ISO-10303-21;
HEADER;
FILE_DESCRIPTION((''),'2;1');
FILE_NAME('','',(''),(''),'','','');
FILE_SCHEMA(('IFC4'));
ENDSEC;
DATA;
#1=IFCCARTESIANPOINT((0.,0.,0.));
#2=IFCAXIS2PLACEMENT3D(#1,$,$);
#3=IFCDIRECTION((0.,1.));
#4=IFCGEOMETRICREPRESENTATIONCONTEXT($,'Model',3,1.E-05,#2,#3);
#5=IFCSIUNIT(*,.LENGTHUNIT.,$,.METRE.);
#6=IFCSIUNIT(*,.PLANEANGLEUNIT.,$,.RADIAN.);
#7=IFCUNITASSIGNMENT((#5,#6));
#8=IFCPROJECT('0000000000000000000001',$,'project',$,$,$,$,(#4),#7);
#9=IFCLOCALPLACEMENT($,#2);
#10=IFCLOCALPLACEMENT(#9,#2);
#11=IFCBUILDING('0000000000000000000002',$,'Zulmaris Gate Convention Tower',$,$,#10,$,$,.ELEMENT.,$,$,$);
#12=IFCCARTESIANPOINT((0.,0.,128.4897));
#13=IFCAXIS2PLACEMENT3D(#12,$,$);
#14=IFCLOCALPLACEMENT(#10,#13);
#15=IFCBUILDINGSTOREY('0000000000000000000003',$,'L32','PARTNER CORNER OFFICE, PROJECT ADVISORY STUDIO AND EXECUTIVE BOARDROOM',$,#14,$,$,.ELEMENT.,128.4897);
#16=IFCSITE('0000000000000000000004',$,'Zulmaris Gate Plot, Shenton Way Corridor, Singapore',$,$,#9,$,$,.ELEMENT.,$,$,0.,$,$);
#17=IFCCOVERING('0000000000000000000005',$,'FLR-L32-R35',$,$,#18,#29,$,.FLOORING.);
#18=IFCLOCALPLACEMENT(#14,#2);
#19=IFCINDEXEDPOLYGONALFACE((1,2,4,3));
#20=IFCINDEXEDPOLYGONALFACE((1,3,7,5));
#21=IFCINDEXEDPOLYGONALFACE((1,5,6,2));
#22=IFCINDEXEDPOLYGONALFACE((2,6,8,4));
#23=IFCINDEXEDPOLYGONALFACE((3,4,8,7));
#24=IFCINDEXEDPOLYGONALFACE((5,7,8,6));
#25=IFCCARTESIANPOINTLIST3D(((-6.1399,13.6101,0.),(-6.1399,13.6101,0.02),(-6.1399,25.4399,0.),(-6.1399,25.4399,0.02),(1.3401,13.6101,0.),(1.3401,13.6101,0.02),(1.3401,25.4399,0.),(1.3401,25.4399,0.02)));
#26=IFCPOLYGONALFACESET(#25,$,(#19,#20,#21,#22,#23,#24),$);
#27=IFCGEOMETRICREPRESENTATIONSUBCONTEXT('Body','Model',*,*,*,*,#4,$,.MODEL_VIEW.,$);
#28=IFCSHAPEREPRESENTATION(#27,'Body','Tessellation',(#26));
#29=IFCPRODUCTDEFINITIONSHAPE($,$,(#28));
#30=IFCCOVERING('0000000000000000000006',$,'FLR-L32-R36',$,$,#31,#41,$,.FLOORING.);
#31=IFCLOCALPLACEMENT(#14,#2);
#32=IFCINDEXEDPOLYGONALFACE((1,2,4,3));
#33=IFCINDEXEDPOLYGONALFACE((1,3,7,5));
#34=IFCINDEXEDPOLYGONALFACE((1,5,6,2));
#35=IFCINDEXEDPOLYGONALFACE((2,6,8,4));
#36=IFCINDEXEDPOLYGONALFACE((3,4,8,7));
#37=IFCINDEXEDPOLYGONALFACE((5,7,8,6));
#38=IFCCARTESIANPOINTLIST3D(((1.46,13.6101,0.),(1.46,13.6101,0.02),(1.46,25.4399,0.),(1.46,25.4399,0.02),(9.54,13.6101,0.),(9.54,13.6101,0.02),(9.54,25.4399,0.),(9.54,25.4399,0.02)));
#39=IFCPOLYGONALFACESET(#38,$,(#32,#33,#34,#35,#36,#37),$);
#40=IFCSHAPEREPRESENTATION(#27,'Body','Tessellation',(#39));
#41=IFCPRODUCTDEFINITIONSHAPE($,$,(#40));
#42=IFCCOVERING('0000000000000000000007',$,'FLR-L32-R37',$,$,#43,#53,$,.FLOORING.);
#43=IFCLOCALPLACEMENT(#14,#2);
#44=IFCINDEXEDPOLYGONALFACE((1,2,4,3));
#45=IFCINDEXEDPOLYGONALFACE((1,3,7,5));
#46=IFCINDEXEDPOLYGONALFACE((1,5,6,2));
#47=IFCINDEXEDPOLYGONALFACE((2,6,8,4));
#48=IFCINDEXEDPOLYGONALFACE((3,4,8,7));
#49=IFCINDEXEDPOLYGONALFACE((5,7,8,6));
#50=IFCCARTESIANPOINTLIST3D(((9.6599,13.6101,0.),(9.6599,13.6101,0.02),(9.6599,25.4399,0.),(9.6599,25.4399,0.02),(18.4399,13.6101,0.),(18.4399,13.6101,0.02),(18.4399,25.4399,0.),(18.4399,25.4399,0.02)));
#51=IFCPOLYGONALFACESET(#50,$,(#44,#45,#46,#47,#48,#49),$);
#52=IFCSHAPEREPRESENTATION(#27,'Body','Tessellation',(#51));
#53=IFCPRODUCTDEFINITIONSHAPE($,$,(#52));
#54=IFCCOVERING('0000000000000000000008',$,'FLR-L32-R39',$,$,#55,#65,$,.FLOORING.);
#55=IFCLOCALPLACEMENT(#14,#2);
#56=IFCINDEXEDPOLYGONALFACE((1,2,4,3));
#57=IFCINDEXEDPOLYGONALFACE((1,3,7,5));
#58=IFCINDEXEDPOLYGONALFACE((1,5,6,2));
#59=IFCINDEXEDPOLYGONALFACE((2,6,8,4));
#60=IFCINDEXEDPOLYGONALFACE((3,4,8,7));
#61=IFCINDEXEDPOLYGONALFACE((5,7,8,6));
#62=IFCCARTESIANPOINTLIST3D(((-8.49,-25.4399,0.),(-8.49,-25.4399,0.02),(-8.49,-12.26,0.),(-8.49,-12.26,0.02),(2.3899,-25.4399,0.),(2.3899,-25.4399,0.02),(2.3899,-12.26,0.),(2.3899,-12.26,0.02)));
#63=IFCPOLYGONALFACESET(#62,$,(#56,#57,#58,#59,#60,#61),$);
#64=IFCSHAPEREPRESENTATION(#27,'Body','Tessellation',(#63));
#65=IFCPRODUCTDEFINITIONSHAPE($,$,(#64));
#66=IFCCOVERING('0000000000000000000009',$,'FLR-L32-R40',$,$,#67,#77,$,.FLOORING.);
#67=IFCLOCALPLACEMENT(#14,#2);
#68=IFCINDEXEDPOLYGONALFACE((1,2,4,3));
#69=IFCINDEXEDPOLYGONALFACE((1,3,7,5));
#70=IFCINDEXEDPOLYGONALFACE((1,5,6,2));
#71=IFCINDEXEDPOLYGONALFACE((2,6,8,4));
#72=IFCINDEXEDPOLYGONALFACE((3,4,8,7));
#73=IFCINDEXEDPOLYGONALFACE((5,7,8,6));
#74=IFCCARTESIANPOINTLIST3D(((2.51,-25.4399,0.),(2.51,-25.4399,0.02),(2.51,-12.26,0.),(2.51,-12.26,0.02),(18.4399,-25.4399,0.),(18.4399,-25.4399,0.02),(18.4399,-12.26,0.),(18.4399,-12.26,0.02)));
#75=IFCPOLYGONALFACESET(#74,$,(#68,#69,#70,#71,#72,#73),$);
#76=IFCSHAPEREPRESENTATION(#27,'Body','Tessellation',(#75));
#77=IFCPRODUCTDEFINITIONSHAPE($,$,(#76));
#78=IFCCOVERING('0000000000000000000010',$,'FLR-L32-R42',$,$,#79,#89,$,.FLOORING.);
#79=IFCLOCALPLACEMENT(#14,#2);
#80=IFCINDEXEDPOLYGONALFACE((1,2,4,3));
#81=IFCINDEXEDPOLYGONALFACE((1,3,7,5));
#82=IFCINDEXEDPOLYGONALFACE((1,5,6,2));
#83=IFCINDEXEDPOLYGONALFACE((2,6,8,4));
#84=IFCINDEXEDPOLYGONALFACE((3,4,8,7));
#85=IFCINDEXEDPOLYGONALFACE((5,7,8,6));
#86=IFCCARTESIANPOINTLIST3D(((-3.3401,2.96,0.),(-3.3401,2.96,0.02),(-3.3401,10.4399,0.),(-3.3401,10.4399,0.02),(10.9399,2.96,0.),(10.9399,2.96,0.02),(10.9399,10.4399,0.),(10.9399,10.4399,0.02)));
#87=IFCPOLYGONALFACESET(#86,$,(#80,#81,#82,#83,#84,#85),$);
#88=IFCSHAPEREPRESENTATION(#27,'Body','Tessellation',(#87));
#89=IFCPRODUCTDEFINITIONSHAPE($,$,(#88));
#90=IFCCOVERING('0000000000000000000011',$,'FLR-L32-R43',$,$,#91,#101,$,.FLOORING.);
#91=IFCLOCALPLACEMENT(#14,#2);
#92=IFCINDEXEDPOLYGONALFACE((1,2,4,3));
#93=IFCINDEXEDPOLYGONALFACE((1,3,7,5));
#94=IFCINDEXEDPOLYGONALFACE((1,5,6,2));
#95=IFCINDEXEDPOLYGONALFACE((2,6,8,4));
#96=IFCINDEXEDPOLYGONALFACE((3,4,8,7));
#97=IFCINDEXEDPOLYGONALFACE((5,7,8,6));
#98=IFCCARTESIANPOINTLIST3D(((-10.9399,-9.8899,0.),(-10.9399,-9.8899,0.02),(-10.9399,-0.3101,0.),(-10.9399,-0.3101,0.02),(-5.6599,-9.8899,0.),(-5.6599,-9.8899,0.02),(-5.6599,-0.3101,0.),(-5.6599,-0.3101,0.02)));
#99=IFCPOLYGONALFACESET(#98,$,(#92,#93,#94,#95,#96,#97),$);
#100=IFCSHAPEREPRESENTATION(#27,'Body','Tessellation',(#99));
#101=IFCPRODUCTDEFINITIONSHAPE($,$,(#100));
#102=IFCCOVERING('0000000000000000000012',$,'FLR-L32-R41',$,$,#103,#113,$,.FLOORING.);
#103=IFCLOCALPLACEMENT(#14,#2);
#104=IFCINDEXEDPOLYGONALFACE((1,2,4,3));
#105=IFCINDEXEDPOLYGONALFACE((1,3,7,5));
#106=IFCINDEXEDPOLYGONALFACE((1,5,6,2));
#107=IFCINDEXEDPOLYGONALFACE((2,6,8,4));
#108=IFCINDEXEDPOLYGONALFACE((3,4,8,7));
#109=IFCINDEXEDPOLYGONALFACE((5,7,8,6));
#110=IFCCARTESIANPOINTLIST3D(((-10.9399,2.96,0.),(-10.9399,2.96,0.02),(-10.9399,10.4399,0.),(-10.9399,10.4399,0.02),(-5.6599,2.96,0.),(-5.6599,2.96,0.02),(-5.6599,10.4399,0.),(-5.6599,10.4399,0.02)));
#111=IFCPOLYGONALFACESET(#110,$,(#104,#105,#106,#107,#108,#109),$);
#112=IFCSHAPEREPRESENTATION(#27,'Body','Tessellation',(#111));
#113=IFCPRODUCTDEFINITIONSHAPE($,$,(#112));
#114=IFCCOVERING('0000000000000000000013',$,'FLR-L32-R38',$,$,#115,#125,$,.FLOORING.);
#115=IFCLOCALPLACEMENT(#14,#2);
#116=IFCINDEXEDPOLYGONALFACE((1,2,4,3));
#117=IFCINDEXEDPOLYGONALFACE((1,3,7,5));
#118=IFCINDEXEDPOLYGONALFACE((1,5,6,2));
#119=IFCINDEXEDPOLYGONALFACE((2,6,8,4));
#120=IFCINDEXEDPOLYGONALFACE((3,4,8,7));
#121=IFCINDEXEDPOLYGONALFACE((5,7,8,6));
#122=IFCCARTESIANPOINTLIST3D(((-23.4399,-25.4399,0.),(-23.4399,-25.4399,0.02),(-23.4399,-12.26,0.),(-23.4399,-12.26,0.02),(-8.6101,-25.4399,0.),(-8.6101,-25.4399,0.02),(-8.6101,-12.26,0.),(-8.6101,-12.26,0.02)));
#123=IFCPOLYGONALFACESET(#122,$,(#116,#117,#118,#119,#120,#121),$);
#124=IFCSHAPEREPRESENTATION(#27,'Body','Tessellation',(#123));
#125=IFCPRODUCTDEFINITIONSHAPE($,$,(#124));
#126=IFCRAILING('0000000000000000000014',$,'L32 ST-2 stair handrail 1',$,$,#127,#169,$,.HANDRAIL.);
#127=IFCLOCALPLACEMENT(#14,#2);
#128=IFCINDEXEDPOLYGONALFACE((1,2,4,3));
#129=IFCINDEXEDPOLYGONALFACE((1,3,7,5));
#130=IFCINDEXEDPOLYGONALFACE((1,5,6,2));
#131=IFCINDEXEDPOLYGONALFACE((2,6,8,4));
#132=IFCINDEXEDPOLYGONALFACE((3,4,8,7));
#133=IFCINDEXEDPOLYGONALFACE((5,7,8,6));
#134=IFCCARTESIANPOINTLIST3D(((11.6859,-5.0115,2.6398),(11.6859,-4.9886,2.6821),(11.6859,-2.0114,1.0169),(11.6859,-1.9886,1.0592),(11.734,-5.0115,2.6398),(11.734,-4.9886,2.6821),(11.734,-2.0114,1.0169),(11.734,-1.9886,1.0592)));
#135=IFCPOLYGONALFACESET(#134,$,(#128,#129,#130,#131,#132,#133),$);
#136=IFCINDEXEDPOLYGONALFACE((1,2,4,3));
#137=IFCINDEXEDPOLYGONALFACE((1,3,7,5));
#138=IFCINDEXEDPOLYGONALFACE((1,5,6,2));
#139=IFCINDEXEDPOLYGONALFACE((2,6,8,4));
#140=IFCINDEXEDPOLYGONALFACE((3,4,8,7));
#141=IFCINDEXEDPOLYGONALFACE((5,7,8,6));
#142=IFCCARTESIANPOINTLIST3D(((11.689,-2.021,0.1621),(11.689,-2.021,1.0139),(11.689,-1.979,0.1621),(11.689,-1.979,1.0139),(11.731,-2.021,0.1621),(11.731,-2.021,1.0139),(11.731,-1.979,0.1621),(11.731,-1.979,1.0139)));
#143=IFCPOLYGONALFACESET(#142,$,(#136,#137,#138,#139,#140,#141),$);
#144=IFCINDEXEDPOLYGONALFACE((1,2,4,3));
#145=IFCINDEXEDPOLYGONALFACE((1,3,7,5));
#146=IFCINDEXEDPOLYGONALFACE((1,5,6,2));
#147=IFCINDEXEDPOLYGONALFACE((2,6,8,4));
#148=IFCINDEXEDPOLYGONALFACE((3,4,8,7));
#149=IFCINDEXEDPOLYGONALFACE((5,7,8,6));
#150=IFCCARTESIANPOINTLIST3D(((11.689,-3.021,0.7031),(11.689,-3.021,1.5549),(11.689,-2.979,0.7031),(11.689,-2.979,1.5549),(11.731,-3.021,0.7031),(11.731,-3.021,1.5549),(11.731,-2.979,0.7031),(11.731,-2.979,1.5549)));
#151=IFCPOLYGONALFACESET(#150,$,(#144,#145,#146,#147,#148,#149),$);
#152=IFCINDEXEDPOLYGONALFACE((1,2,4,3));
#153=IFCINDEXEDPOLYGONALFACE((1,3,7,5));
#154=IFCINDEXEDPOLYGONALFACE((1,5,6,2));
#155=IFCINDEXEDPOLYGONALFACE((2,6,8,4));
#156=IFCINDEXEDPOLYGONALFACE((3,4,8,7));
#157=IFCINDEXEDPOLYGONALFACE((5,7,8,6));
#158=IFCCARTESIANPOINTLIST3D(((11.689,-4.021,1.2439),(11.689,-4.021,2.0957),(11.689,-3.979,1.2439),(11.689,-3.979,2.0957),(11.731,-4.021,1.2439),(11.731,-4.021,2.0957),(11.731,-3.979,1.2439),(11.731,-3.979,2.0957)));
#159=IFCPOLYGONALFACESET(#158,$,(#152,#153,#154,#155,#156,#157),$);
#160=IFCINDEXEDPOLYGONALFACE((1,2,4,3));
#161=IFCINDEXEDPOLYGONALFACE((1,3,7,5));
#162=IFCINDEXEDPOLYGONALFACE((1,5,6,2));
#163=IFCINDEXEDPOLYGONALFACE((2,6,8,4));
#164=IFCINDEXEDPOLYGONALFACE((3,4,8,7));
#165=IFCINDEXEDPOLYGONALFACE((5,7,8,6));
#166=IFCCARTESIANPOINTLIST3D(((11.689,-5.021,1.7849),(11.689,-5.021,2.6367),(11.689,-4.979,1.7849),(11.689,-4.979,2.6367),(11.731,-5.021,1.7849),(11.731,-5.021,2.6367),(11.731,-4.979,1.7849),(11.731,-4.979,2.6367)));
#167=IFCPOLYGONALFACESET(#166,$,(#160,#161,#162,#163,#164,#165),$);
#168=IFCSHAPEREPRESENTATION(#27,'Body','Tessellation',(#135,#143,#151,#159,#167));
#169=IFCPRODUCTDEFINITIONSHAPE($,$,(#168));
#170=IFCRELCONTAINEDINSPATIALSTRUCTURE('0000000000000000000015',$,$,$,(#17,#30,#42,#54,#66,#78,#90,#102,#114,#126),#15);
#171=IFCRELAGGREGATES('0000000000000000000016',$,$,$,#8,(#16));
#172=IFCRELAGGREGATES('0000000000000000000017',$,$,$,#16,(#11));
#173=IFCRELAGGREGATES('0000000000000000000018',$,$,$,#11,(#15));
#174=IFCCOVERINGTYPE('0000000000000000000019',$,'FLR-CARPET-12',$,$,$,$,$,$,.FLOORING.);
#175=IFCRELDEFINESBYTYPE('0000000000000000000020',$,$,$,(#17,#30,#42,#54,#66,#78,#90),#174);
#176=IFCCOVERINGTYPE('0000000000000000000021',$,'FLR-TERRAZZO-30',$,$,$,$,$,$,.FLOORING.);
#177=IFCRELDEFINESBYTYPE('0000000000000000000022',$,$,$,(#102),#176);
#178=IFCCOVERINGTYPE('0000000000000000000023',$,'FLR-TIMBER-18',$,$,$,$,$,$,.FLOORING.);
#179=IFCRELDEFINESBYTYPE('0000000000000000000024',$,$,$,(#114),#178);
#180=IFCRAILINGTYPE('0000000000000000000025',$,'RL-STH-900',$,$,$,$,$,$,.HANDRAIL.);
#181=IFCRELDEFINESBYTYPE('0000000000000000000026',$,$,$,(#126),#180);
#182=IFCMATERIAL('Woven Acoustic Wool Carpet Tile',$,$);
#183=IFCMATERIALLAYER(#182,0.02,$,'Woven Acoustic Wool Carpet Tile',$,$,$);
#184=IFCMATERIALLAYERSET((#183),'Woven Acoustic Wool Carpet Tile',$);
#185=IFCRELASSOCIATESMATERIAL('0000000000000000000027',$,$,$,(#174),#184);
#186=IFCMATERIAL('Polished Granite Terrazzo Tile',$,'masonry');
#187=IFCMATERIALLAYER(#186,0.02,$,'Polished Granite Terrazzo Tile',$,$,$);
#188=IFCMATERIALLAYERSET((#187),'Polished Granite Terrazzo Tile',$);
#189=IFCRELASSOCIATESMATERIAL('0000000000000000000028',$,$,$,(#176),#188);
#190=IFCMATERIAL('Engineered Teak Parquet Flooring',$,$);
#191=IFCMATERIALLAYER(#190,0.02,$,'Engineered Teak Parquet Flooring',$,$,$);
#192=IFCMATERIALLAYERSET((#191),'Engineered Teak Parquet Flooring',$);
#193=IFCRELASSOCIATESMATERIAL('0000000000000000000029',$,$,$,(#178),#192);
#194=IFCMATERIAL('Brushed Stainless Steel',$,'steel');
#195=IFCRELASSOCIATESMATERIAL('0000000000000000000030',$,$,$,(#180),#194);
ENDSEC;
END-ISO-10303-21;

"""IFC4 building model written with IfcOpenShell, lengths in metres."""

from ifc_helpers import new_model, si_unit, direction, frame, origin, origin_2d, place, context, subcontext, project, spatial, polyline, rectangle, outline, extrude, material, layer, layer_set, type_object, element, save


model = new_model("IFC4")

# Units and contexts
model_context = context("Model", 3, precision=1e-05, world=origin(), true_north=direction((0.0, 1.0)))
body_context = subcontext(model_context, "Body", "Model", "MODEL_VIEW")
ifc_project = project(units=[si_unit("LENGTHUNIT", "METRE"), si_unit("PLANEANGLEUNIT", "RADIAN")], contexts=[model_context])

# Site, building, storey
site_placement = place(None, origin())
site = spatial("IfcSite", under=ifc_project, at=site_placement, Name="Zulmaris Gate Plot, Shenton Way Corridor, Singapore", CompositionType="ELEMENT", RefElevation=0.0)
building_placement = place(site_placement, origin())
building = spatial("IfcBuilding", under=site, at=building_placement, Name="Zulmaris Gate Convention Tower", CompositionType="ELEMENT")
storey_placement = place(building_placement, frame((0.0, 0.0, 128.4897)))
storey = spatial("IfcBuildingStorey", under=building, at=storey_placement, Name="L32", Description="PARTNER CORNER OFFICE, PROJECT ADVISORY STUDIO AND EXECUTIVE BOARDROOM", CompositionType="ELEMENT", Elevation=128.4897)

# Coverings
ifc_material_1 = material(Name="Woven Acoustic Wool Carpet Tile")
ifc_layer_1 = layer(ifc_material_1, 0.02, Name="Woven Acoustic Wool Carpet Tile")
ifc_layer_set_1 = layer_set([ifc_layer_1], Name="Woven Acoustic Wool Carpet Tile")
covering_type_1 = type_object("IfcCoveringType", Name="FLR-CARPET-12", PredefinedType="FLOORING", material=ifc_layer_set_1)
covering_1_placement = place(storey_placement, origin())
element("IfcCovering", 1, at=covering_1_placement, inside=storey, type_object=covering_type_1, Name="FLR-L32-R35", PredefinedType="FLOORING", context=body_context, shape_type="SweptSolid", body=[
    extrude(outline(polyline([(-6.1399, 13.6101), (1.3401, 13.6101), (1.3401, 25.4399), (-6.1399, 25.4399), (-6.1399, 13.6101)])), origin(), (0.0, 0.0, 1.0), 0.02),
])
covering_2_placement = place(storey_placement, origin())
element("IfcCovering", 2, at=covering_2_placement, inside=storey, type_object=covering_type_1, Name="FLR-L32-R36", PredefinedType="FLOORING", context=body_context, shape_type="SweptSolid", body=[
    extrude(outline(polyline([(1.46, 13.6101), (9.54, 13.6101), (9.54, 25.4399), (1.46, 25.4399), (1.46, 13.6101)])), origin(), (0.0, 0.0, 1.0), 0.02),
])
covering_3_placement = place(storey_placement, origin())
element("IfcCovering", 3, at=covering_3_placement, inside=storey, type_object=covering_type_1, Name="FLR-L32-R37", PredefinedType="FLOORING", context=body_context, shape_type="SweptSolid", body=[
    extrude(outline(polyline([(9.6599, 13.6101), (18.4399, 13.6101), (18.4399, 25.4399), (9.6599, 25.4399), (9.6599, 13.6101)])), origin(), (0.0, 0.0, 1.0), 0.02),
])
covering_4_placement = place(storey_placement, origin())
element("IfcCovering", 4, at=covering_4_placement, inside=storey, type_object=covering_type_1, Name="FLR-L32-R39", PredefinedType="FLOORING", context=body_context, shape_type="SweptSolid", body=[
    extrude(outline(polyline([(-8.49, -25.4399), (2.3899, -25.4399), (2.3899, -12.26), (-8.49, -12.26), (-8.49, -25.4399)])), origin(), (0.0, 0.0, 1.0), 0.02),
])
covering_5_placement = place(storey_placement, origin())
element("IfcCovering", 5, at=covering_5_placement, inside=storey, type_object=covering_type_1, Name="FLR-L32-R40", PredefinedType="FLOORING", context=body_context, shape_type="SweptSolid", body=[
    extrude(outline(polyline([(2.51, -25.4399), (18.4399, -25.4399), (18.4399, -12.26), (2.51, -12.26), (2.51, -25.4399)])), origin(), (0.0, 0.0, 1.0), 0.02),
])
covering_6_placement = place(storey_placement, origin())
element("IfcCovering", 6, at=covering_6_placement, inside=storey, type_object=covering_type_1, Name="FLR-L32-R42", PredefinedType="FLOORING", context=body_context, shape_type="SweptSolid", body=[
    extrude(outline(polyline([(-3.3401, 2.96), (10.9399, 2.96), (10.9399, 10.4399), (-3.3401, 10.4399), (-3.3401, 2.96)])), origin(), (0.0, 0.0, 1.0), 0.02),
])
covering_7_placement = place(storey_placement, origin())
element("IfcCovering", 7, at=covering_7_placement, inside=storey, type_object=covering_type_1, Name="FLR-L32-R43", PredefinedType="FLOORING", context=body_context, shape_type="SweptSolid", body=[
    extrude(outline(polyline([(-10.9399, -9.8899), (-5.6599, -9.8899), (-5.6599, -0.3101), (-10.9399, -0.3101), (-10.9399, -9.8899)])), origin(), (0.0, 0.0, 1.0), 0.02),
])
ifc_material_2 = material(Name="Polished Granite Terrazzo Tile", Category="masonry")
ifc_layer_2 = layer(ifc_material_2, 0.02, Name="Polished Granite Terrazzo Tile")
ifc_layer_set_2 = layer_set([ifc_layer_2], Name="Polished Granite Terrazzo Tile")
covering_type_2 = type_object("IfcCoveringType", Name="FLR-TERRAZZO-30", PredefinedType="FLOORING", material=ifc_layer_set_2)
covering_8_placement = place(storey_placement, origin())
element("IfcCovering", 8, at=covering_8_placement, inside=storey, type_object=covering_type_2, Name="FLR-L32-R41", PredefinedType="FLOORING", context=body_context, shape_type="SweptSolid", body=[
    extrude(outline(polyline([(-10.9399, 2.96), (-5.6599, 2.96), (-5.6599, 10.4399), (-10.9399, 10.4399), (-10.9399, 2.96)])), origin(), (0.0, 0.0, 1.0), 0.02),
])
ifc_material_3 = material(Name="Engineered Teak Parquet Flooring")
ifc_layer_3 = layer(ifc_material_3, 0.02, Name="Engineered Teak Parquet Flooring")
ifc_layer_set_3 = layer_set([ifc_layer_3], Name="Engineered Teak Parquet Flooring")
covering_type_3 = type_object("IfcCoveringType", Name="FLR-TIMBER-18", PredefinedType="FLOORING", material=ifc_layer_set_3)
covering_9_placement = place(storey_placement, origin())
element("IfcCovering", 9, at=covering_9_placement, inside=storey, type_object=covering_type_3, Name="FLR-L32-R38", PredefinedType="FLOORING", context=body_context, shape_type="SweptSolid", body=[
    extrude(outline(polyline([(-23.4399, -25.4399), (-8.6101, -25.4399), (-8.6101, -12.26), (-23.4399, -12.26), (-23.4399, -25.4399)])), origin(), (0.0, 0.0, 1.0), 0.02),
])

# Railing
ifc_material_4 = material(Name="Brushed Stainless Steel", Category="steel")
railing_type = type_object("IfcRailingType", Name="RL-STH-900", PredefinedType="HANDRAIL", material=ifc_material_4)
railing_placement = place(storey_placement, frame((11.71, -2.0, 0.1621)))
element("IfcRailing", 10, at=railing_placement, inside=storey, type_object=railing_type, Name="L32 ST-2 stair handrail 1", PredefinedType="HANDRAIL", context=body_context, shape_type="SweptSolid", body=[
    extrude(rectangle(XDim=0.0481, YDim=0.0481, at=origin_2d()), frame((0.0, 0.0, 0.876), z_axis=(0.0, -0.879562, 0.475785), x_axis=(1.0, 0.0, 0.0)), (0.0, 0.0, 1.0), 3.4109),
    extrude(rectangle(XDim=0.042, YDim=0.042, at=origin_2d()), origin(), (0.0, 0.0, 1.0), 0.8518),
    extrude(rectangle(XDim=0.042, YDim=0.042, at=origin_2d()), frame((0.0, -1.0, 0.541)), (0.0, 0.0, 1.0), 0.8518),
    extrude(rectangle(XDim=0.042, YDim=0.042, at=origin_2d()), frame((0.0, -2.0, 1.0818)), (0.0, 0.0, 1.0), 0.8518),
    extrude(rectangle(XDim=0.042, YDim=0.042, at=origin_2d()), frame((0.0, -3.0, 1.6228)), (0.0, 0.0, 1.0), 0.8518),
])

save(model, "model.ifc")
